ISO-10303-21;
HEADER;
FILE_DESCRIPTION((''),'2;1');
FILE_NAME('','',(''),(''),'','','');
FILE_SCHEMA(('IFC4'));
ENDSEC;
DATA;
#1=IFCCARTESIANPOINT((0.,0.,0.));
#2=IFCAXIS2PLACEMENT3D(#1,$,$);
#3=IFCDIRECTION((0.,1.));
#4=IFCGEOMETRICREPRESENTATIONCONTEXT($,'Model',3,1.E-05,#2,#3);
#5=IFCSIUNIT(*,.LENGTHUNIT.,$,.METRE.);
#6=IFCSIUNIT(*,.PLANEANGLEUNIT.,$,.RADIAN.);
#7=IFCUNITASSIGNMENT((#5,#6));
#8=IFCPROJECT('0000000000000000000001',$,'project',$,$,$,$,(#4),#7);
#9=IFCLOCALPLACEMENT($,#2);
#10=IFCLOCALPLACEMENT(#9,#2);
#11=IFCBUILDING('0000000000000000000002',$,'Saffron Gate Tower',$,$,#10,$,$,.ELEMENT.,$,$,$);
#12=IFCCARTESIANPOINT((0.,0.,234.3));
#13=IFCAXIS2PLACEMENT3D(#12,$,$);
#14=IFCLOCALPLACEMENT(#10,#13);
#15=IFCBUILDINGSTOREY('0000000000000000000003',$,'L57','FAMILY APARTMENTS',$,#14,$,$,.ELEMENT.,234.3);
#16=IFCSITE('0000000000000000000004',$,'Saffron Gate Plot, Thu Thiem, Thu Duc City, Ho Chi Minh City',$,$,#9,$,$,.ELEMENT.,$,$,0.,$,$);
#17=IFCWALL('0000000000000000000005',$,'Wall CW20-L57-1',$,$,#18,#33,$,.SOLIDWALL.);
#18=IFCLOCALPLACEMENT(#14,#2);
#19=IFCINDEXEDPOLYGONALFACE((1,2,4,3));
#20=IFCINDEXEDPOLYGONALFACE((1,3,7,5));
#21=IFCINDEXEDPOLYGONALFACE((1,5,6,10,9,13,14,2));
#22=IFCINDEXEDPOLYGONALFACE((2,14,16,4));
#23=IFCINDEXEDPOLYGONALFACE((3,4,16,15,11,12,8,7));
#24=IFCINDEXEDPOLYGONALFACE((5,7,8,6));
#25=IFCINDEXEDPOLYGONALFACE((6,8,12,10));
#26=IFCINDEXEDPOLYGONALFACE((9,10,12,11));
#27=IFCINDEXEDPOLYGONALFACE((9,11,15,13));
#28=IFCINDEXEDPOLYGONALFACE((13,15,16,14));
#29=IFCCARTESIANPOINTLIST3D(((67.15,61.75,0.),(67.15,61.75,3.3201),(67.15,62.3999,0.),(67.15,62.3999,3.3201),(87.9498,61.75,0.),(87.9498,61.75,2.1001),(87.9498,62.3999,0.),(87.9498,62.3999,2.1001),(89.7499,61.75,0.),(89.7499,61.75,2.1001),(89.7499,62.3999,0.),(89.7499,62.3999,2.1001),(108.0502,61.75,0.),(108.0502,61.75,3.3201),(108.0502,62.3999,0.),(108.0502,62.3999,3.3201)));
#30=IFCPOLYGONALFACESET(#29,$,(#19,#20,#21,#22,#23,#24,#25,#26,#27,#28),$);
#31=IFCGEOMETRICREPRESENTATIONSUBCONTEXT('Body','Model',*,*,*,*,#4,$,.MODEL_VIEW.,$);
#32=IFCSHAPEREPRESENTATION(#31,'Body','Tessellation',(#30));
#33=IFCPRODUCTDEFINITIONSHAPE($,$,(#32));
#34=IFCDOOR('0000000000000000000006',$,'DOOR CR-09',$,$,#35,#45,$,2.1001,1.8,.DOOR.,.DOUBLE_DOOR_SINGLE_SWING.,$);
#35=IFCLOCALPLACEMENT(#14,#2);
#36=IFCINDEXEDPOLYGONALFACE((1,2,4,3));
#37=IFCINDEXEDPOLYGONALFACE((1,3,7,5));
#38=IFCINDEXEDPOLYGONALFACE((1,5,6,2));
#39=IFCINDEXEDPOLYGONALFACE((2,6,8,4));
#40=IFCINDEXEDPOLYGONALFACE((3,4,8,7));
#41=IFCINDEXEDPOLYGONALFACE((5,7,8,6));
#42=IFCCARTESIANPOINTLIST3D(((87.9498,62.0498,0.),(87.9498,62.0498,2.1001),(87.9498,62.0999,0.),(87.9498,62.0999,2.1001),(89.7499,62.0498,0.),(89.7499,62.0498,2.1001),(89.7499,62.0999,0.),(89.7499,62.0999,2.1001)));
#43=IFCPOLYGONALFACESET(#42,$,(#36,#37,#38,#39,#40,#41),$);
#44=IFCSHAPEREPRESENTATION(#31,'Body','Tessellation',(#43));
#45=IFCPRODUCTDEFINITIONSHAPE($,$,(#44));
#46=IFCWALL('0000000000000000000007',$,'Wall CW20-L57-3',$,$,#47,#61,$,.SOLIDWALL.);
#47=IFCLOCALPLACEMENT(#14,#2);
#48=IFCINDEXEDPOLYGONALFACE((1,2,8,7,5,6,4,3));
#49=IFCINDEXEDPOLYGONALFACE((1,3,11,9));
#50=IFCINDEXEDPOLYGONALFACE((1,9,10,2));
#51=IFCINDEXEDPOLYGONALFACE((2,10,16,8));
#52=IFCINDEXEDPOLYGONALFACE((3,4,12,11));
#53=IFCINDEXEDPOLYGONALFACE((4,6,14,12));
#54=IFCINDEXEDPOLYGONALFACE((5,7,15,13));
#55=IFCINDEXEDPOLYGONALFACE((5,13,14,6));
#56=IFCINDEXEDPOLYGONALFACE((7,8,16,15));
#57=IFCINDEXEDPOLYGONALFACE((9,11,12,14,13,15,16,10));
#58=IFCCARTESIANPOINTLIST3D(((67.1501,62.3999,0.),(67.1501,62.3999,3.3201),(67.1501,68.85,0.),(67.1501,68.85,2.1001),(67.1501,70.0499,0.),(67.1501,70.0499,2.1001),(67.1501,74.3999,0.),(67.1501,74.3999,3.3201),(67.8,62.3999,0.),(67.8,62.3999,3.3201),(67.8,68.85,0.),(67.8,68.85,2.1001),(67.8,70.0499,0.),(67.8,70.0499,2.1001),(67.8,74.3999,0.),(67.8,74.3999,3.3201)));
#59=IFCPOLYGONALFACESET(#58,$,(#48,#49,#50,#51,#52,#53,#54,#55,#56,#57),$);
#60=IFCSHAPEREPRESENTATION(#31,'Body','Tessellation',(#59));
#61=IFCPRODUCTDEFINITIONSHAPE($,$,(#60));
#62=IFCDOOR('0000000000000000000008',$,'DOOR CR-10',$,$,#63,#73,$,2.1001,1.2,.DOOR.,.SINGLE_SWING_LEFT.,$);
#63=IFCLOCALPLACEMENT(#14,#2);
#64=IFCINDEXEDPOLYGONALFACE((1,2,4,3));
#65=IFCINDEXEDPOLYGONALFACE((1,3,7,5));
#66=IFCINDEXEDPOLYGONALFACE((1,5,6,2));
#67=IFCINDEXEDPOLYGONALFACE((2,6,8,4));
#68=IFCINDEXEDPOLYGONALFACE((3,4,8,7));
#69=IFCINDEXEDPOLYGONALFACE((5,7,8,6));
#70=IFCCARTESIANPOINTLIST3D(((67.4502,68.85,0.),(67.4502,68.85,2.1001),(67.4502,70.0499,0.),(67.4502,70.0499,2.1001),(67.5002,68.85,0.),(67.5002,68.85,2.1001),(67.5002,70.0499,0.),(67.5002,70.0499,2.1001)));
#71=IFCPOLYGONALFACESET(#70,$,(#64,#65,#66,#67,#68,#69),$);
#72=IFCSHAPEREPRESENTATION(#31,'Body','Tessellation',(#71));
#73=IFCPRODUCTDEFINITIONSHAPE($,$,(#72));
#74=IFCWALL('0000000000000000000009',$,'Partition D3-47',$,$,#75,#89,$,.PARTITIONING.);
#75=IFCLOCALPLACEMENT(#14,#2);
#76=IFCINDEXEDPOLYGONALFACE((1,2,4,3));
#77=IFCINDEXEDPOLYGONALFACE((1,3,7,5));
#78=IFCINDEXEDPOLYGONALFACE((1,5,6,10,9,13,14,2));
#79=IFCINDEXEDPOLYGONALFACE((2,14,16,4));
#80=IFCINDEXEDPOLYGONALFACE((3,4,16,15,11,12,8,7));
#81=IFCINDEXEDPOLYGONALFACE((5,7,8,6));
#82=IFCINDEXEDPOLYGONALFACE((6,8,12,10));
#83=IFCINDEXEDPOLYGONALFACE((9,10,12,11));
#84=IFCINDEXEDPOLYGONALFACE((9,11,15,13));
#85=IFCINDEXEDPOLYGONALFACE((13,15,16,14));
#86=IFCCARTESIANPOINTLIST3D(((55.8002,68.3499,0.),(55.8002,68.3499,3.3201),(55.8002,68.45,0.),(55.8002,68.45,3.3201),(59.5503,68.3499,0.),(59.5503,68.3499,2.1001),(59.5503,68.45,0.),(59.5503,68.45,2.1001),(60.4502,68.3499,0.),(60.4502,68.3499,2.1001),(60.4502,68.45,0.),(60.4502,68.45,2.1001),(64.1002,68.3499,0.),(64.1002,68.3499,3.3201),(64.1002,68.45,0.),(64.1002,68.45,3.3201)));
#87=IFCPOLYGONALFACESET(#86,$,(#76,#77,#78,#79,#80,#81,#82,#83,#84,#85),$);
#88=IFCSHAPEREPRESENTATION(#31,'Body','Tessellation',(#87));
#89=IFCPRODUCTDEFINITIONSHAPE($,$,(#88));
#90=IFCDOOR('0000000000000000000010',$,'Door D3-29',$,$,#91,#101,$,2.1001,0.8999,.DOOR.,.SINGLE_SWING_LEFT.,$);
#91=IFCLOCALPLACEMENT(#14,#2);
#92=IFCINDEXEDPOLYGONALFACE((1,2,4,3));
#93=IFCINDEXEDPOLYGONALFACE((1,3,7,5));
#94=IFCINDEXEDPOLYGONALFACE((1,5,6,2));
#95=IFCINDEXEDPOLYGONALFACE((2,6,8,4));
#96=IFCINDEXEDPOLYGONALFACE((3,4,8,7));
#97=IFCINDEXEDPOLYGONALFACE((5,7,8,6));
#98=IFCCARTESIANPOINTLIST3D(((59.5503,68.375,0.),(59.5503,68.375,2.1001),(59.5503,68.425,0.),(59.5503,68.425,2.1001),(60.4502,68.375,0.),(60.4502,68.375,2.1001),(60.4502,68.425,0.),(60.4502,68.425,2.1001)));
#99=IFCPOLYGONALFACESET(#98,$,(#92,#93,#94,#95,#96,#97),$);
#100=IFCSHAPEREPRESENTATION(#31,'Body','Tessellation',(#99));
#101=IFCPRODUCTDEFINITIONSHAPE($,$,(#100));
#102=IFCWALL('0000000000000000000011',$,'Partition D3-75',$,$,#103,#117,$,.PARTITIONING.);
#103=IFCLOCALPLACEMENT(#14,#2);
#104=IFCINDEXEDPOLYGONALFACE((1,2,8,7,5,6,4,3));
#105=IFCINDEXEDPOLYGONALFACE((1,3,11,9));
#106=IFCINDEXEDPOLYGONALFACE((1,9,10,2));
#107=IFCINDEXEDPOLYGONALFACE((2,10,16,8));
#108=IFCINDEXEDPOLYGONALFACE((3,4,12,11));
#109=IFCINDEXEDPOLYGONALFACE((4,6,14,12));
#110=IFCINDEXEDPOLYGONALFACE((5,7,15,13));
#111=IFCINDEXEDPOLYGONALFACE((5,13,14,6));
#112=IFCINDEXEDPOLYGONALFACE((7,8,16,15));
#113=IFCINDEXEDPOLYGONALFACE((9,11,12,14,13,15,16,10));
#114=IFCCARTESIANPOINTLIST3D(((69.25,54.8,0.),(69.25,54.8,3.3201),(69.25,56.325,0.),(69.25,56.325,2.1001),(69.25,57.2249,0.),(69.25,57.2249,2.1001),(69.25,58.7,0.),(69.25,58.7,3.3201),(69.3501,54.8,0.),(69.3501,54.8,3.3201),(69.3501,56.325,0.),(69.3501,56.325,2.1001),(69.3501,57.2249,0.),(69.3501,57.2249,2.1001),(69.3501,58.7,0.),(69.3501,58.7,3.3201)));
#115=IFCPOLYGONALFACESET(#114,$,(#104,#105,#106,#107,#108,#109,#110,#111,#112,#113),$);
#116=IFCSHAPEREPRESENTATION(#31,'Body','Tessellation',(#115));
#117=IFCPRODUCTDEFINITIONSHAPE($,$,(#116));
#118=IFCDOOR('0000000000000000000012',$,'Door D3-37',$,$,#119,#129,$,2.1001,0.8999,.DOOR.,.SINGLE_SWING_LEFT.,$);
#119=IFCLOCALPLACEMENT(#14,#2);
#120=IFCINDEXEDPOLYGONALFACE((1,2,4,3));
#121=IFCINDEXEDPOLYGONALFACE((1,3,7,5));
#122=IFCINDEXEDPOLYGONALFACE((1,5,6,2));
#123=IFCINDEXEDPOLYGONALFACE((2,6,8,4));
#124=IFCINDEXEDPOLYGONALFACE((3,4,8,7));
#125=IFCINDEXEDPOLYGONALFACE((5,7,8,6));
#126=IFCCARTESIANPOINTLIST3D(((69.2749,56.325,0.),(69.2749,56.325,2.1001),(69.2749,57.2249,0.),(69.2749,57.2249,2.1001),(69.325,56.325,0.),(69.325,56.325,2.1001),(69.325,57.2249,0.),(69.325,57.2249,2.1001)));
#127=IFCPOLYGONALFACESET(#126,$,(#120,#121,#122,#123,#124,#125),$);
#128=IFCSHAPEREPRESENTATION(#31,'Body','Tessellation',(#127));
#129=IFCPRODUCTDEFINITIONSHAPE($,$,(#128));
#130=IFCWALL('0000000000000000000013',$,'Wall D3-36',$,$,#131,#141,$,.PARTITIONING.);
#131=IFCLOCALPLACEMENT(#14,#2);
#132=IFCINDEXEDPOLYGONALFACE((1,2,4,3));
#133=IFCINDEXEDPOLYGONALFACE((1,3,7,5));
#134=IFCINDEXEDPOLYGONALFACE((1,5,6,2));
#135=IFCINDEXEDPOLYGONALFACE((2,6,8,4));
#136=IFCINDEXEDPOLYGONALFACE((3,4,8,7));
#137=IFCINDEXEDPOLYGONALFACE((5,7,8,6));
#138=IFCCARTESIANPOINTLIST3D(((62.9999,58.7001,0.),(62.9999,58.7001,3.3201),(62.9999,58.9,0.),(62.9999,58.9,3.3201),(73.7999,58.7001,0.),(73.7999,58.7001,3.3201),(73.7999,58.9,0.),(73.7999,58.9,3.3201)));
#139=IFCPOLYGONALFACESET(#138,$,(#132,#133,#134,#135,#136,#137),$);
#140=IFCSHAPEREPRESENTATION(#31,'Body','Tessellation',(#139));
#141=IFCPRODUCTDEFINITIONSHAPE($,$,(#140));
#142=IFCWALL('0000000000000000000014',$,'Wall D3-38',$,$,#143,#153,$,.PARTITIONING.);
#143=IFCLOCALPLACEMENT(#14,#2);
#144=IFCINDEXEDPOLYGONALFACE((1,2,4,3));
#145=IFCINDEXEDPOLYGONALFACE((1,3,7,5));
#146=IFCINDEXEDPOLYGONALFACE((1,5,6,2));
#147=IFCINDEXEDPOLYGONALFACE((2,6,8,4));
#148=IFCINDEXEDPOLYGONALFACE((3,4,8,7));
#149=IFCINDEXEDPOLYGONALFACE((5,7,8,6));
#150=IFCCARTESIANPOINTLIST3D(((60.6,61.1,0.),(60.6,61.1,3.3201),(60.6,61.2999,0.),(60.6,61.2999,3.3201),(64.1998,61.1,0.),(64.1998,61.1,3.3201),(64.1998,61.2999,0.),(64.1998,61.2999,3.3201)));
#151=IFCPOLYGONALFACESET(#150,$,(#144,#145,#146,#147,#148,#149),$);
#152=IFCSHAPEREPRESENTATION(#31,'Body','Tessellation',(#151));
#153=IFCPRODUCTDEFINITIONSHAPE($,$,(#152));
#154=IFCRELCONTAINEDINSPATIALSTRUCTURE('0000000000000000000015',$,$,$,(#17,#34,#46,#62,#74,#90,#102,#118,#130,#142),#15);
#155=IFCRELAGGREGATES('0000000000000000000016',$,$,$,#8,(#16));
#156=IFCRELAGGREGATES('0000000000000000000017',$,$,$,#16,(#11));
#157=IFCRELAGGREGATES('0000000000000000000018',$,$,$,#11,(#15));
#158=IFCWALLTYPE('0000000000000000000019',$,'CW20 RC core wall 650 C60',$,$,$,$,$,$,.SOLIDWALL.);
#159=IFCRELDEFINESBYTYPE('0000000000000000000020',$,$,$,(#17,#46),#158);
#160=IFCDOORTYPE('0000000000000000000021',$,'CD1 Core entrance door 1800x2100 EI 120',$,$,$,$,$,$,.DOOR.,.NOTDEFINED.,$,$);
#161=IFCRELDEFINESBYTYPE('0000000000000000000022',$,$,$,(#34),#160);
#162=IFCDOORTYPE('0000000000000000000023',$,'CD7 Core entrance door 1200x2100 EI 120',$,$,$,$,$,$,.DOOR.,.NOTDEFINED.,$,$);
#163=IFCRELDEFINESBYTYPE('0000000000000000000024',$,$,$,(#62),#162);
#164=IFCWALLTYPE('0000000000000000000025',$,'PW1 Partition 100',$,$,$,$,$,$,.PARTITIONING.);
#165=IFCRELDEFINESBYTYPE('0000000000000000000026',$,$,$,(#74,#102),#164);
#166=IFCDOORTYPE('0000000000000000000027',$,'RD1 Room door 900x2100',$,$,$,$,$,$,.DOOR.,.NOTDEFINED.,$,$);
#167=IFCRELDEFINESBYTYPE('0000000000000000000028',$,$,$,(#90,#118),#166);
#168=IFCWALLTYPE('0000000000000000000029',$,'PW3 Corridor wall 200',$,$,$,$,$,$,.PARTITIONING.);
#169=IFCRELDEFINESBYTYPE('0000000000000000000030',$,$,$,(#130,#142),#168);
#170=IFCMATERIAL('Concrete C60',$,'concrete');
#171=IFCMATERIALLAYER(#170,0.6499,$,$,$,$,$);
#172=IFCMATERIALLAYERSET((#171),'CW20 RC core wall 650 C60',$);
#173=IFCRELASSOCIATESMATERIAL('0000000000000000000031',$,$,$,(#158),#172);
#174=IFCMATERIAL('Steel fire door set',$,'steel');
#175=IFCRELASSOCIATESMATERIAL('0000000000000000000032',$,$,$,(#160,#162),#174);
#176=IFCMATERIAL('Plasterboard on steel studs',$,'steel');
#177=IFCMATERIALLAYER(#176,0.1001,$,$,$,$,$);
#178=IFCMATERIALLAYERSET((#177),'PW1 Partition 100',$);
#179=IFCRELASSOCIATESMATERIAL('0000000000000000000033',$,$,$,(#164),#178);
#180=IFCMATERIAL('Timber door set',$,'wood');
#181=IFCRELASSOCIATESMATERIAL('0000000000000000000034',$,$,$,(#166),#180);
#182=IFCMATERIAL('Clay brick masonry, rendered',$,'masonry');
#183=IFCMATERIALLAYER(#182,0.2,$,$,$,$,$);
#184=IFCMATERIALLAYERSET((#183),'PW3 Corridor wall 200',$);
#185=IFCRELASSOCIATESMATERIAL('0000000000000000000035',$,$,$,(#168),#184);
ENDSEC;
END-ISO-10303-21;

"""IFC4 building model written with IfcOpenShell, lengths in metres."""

from ifc_helpers import new_model, si_unit, direction, frame, frame_2d, origin, place, context, subcontext, project, spatial, rectangle, extrude, material, layer, layer_set, type_object, element, fill, save


model = new_model("IFC4")

# Units and contexts
model_context = context("Model", 3, precision=1e-05, world=origin(), true_north=direction((0.0, 1.0)))
body_context = subcontext(model_context, "Body", "Model", "MODEL_VIEW")
ifc_project = project(units=[si_unit("LENGTHUNIT", "METRE"), si_unit("PLANEANGLEUNIT", "RADIAN")], contexts=[model_context])

# Site, building, storey
site_placement = place(None, origin())
site = spatial("IfcSite", under=ifc_project, at=site_placement, Name="Saffron Gate Plot, Thu Thiem, Thu Duc City, Ho Chi Minh City", CompositionType="ELEMENT", RefElevation=0.0)
building_placement = place(site_placement, origin())
building = spatial("IfcBuilding", under=site, at=building_placement, Name="Saffron Gate Tower", CompositionType="ELEMENT")
storey_placement = place(building_placement, frame((0.0, 0.0, 234.3)))
storey = spatial("IfcBuildingStorey", under=building, at=storey_placement, Name="L57", Description="FAMILY APARTMENTS", CompositionType="ELEMENT", Elevation=234.3)

# Shared definitions
ifc_material_1 = material(Name="Concrete C60", Category="concrete")
ifc_material_2 = material(Name="Steel fire door set", Category="steel")

# Walls, openings, doors
ifc_layer_1 = layer(ifc_material_1, 0.6499)
ifc_layer_set_1 = layer_set([ifc_layer_1], Name="CW20 RC core wall 650 C60")
wall_type_1 = type_object("IfcWallType", Name="CW20 RC core wall 650 C60", PredefinedType="SOLIDWALL", material=ifc_layer_set_1)
wall_1_placement = place(storey_placement, frame((67.1499, 62.075, 0.0), z_axis=(0.0, 0.0, 1.0), x_axis=(1.0, 0.0, 0.0)))
wall_1 = element("IfcWall", 1, at=wall_1_placement, inside=storey, type_object=wall_type_1, Name="Wall CW20-L57-1", PredefinedType="SOLIDWALL", context=body_context, shape_type="SweptSolid", body=[
    extrude(rectangle(XDim=40.9001, YDim=0.6499, at=frame_2d((20.4502, 0.0))), origin(), (0.0, 0.0, 1.0), 3.3201),
])
opening_1_placement = place(wall_1_placement, frame((20.8, 0.0, 0.0)))
opening_1 = element("IfcOpeningElement", 2, at=opening_1_placement, cuts=wall_1, PredefinedType="OPENING", context=body_context, shape_type="SweptSolid", body=[
    extrude(rectangle(XDim=1.8, YDim=2.1001, at=frame_2d((0.8999, 1.05))), frame((0.0, 0.335, 0.0), z_axis=(0.0, -1.0, 0.0), x_axis=(1.0, 0.0, 0.0)), (0.0, 0.0, 1.0), 0.6699),
])
door_type_1 = type_object("IfcDoorType", Name="CD1 Core entrance door 1800x2100 EI 120", OperationType="NOTDEFINED", PredefinedType="DOOR", material=ifc_material_2)
door_1_placement = place(opening_1_placement, origin())
door_1 = element("IfcDoor", 3, at=door_1_placement, inside=storey, type_object=door_type_1, Name="DOOR CR-09", OperationType="DOUBLE_DOOR_SINGLE_SWING", OverallHeight=2.1001, OverallWidth=1.8, PredefinedType="DOOR", context=body_context, shape_type="SweptSolid", body=[
    extrude(rectangle(XDim=1.8, YDim=2.1001, at=frame_2d((0.8999, 1.05))), frame((0.0, 0.0249, 0.0), z_axis=(0.0, -1.0, 0.0), x_axis=(1.0, 0.0, 0.0)), (0.0, 0.0, 1.0), 0.05),
])
fill(opening_1, door_1)
wall_2_placement = place(storey_placement, frame((67.4751, 62.3999, 0.0), z_axis=(0.0, 0.0, 1.0), x_axis=(0.0, 1.0, 0.0)))
wall_2 = element("IfcWall", 4, at=wall_2_placement, inside=storey, type_object=wall_type_1, Name="Wall CW20-L57-3", PredefinedType="SOLIDWALL", context=body_context, shape_type="SweptSolid", body=[
    extrude(rectangle(XDim=12.0, YDim=0.6499, at=frame_2d((6.0, 0.0))), origin(), (0.0, 0.0, 1.0), 3.3201),
])
opening_2_placement = place(wall_2_placement, frame((6.45, 0.0, 0.0)))
opening_2 = element("IfcOpeningElement", 5, at=opening_2_placement, cuts=wall_2, PredefinedType="OPENING", context=body_context, shape_type="SweptSolid", body=[
    extrude(rectangle(XDim=1.2, YDim=2.1001, at=frame_2d((0.6001, 1.05))), frame((0.0, 0.335, 0.0), z_axis=(0.0, -1.0, 0.0), x_axis=(1.0, 0.0, 0.0)), (0.0, 0.0, 1.0), 0.6699),
])
door_type_2 = type_object("IfcDoorType", Name="CD7 Core entrance door 1200x2100 EI 120", OperationType="NOTDEFINED", PredefinedType="DOOR", material=ifc_material_2)
door_2_placement = place(opening_2_placement, origin())
door_2 = element("IfcDoor", 6, at=door_2_placement, inside=storey, type_object=door_type_2, Name="DOOR CR-10", OperationType="SINGLE_SWING_LEFT", OverallHeight=2.1001, OverallWidth=1.2, PredefinedType="DOOR", context=body_context, shape_type="SweptSolid", body=[
    extrude(rectangle(XDim=1.2, YDim=2.1001, at=frame_2d((0.6001, 1.05))), frame((0.0, 0.0249, 0.0), z_axis=(0.0, -1.0, 0.0), x_axis=(1.0, 0.0, 0.0)), (0.0, 0.0, 1.0), 0.05),
])
fill(opening_2, door_2)
ifc_material_3 = material(Name="Plasterboard on steel studs", Category="steel")
ifc_layer_2 = layer(ifc_material_3, 0.1001)
ifc_layer_set_2 = layer_set([ifc_layer_2], Name="PW1 Partition 100")
wall_type_2 = type_object("IfcWallType", Name="PW1 Partition 100", PredefinedType="PARTITIONING", material=ifc_layer_set_2)
wall_3_placement = place(storey_placement, frame((64.1001, 68.3999, 0.0), z_axis=(0.0, 0.0, 1.0), x_axis=(-1.0, 0.0, 0.0)))
wall_3 = element("IfcWall", 7, at=wall_3_placement, inside=storey, type_object=wall_type_2, Name="Partition D3-47", PredefinedType="PARTITIONING", context=body_context, shape_type="SweptSolid", body=[
    extrude(rectangle(XDim=8.3, YDim=0.1001, at=frame_2d((4.1499, 0.0))), origin(), (0.0, 0.0, 1.0), 3.3201),
])
opening_3_placement = place(wall_3_placement, frame((3.6499, 0.0, 0.0)))
opening_3 = element("IfcOpeningElement", 8, at=opening_3_placement, cuts=wall_3, PredefinedType="OPENING", context=body_context, shape_type="SweptSolid", body=[
    extrude(rectangle(XDim=0.8999, YDim=2.1001, at=frame_2d((0.45, 1.05))), frame((0.0, 0.0601, 0.0), z_axis=(0.0, -1.0, 0.0), x_axis=(1.0, 0.0, 0.0)), (0.0, 0.0, 1.0), 0.1201),
])
ifc_material_4 = material(Name="Timber door set", Category="wood")
door_type_3 = type_object("IfcDoorType", Name="RD1 Room door 900x2100", OperationType="NOTDEFINED", PredefinedType="DOOR", material=ifc_material_4)
door_3_placement = place(opening_3_placement, origin())
door_3 = element("IfcDoor", 9, at=door_3_placement, inside=storey, type_object=door_type_3, Name="Door D3-29", OperationType="SINGLE_SWING_LEFT", OverallHeight=2.1001, OverallWidth=0.8999, PredefinedType="DOOR", context=body_context, shape_type="SweptSolid", body=[
    extrude(rectangle(XDim=0.8999, YDim=2.1001, at=frame_2d((0.45, 1.05))), frame((0.0, 0.0249, 0.0), z_axis=(0.0, -1.0, 0.0), x_axis=(1.0, 0.0, 0.0)), (0.0, 0.0, 1.0), 0.05),
])
fill(opening_3, door_3)
wall_4_placement = place(storey_placement, frame((69.3, 58.7, 0.0), z_axis=(0.0, 0.0, 1.0), x_axis=(0.0, -1.0, 0.0)))
wall_4 = element("IfcWall", 10, at=wall_4_placement, inside=storey, type_object=wall_type_2, Name="Partition D3-75", PredefinedType="PARTITIONING", context=body_context, shape_type="SweptSolid", body=[
    extrude(rectangle(XDim=3.8999, YDim=0.1001, at=frame_2d((1.95, 0.0))), origin(), (0.0, 0.0, 1.0), 3.3201),
])
opening_4_placement = place(wall_4_placement, frame((1.4751, 0.0, 0.0)))
opening_4 = element("IfcOpeningElement", 11, at=opening_4_placement, cuts=wall_4, PredefinedType="OPENING", context=body_context, shape_type="SweptSolid", body=[
    extrude(rectangle(XDim=0.8999, YDim=2.1001, at=frame_2d((0.45, 1.05))), frame((0.0, 0.0601, 0.0), z_axis=(0.0, -1.0, 0.0), x_axis=(1.0, 0.0, 0.0)), (0.0, 0.0, 1.0), 0.1201),
])
door_4_placement = place(opening_4_placement, origin())
door_4 = element("IfcDoor", 12, at=door_4_placement, inside=storey, type_object=door_type_3, Name="Door D3-37", OperationType="SINGLE_SWING_LEFT", OverallHeight=2.1001, OverallWidth=0.8999, PredefinedType="DOOR", context=body_context, shape_type="SweptSolid", body=[
    extrude(rectangle(XDim=0.8999, YDim=2.1001, at=frame_2d((0.45, 1.05))), frame((0.0, 0.0249, 0.0), z_axis=(0.0, -1.0, 0.0), x_axis=(1.0, 0.0, 0.0)), (0.0, 0.0, 1.0), 0.05),
])
fill(opening_4, door_4)

# Walls
ifc_material_5 = material(Name="Clay brick masonry, rendered", Category="masonry")
ifc_layer_3 = layer(ifc_material_5, 0.2)
ifc_layer_set_3 = layer_set([ifc_layer_3], Name="PW3 Corridor wall 200")
wall_type_3 = type_object("IfcWallType", Name="PW3 Corridor wall 200", PredefinedType="PARTITIONING", material=ifc_layer_set_3)
wall_5_placement = place(storey_placement, frame((63.0, 58.8, 0.0), z_axis=(0.0, 0.0, 1.0), x_axis=(1.0, 0.0, 0.0)))
element("IfcWall", 13, at=wall_5_placement, inside=storey, type_object=wall_type_3, Name="Wall D3-36", PredefinedType="PARTITIONING", context=body_context, shape_type="SweptSolid", body=[
    extrude(rectangle(XDim=10.8, YDim=0.2, at=frame_2d((5.3999, 0.0))), origin(), (0.0, 0.0, 1.0), 3.3201),
])
wall_6_placement = place(storey_placement, frame((60.6001, 61.2, 0.0), z_axis=(0.0, 0.0, 1.0), x_axis=(1.0, 0.0, 0.0)))
element("IfcWall", 14, at=wall_6_placement, inside=storey, type_object=wall_type_3, Name="Wall D3-38", PredefinedType="PARTITIONING", context=body_context, shape_type="SweptSolid", body=[
    extrude(rectangle(XDim=3.5999, YDim=0.2, at=frame_2d((1.7998, 0.0))), origin(), (0.0, 0.0, 1.0), 3.3201),
])

save(model, "model.ifc")
